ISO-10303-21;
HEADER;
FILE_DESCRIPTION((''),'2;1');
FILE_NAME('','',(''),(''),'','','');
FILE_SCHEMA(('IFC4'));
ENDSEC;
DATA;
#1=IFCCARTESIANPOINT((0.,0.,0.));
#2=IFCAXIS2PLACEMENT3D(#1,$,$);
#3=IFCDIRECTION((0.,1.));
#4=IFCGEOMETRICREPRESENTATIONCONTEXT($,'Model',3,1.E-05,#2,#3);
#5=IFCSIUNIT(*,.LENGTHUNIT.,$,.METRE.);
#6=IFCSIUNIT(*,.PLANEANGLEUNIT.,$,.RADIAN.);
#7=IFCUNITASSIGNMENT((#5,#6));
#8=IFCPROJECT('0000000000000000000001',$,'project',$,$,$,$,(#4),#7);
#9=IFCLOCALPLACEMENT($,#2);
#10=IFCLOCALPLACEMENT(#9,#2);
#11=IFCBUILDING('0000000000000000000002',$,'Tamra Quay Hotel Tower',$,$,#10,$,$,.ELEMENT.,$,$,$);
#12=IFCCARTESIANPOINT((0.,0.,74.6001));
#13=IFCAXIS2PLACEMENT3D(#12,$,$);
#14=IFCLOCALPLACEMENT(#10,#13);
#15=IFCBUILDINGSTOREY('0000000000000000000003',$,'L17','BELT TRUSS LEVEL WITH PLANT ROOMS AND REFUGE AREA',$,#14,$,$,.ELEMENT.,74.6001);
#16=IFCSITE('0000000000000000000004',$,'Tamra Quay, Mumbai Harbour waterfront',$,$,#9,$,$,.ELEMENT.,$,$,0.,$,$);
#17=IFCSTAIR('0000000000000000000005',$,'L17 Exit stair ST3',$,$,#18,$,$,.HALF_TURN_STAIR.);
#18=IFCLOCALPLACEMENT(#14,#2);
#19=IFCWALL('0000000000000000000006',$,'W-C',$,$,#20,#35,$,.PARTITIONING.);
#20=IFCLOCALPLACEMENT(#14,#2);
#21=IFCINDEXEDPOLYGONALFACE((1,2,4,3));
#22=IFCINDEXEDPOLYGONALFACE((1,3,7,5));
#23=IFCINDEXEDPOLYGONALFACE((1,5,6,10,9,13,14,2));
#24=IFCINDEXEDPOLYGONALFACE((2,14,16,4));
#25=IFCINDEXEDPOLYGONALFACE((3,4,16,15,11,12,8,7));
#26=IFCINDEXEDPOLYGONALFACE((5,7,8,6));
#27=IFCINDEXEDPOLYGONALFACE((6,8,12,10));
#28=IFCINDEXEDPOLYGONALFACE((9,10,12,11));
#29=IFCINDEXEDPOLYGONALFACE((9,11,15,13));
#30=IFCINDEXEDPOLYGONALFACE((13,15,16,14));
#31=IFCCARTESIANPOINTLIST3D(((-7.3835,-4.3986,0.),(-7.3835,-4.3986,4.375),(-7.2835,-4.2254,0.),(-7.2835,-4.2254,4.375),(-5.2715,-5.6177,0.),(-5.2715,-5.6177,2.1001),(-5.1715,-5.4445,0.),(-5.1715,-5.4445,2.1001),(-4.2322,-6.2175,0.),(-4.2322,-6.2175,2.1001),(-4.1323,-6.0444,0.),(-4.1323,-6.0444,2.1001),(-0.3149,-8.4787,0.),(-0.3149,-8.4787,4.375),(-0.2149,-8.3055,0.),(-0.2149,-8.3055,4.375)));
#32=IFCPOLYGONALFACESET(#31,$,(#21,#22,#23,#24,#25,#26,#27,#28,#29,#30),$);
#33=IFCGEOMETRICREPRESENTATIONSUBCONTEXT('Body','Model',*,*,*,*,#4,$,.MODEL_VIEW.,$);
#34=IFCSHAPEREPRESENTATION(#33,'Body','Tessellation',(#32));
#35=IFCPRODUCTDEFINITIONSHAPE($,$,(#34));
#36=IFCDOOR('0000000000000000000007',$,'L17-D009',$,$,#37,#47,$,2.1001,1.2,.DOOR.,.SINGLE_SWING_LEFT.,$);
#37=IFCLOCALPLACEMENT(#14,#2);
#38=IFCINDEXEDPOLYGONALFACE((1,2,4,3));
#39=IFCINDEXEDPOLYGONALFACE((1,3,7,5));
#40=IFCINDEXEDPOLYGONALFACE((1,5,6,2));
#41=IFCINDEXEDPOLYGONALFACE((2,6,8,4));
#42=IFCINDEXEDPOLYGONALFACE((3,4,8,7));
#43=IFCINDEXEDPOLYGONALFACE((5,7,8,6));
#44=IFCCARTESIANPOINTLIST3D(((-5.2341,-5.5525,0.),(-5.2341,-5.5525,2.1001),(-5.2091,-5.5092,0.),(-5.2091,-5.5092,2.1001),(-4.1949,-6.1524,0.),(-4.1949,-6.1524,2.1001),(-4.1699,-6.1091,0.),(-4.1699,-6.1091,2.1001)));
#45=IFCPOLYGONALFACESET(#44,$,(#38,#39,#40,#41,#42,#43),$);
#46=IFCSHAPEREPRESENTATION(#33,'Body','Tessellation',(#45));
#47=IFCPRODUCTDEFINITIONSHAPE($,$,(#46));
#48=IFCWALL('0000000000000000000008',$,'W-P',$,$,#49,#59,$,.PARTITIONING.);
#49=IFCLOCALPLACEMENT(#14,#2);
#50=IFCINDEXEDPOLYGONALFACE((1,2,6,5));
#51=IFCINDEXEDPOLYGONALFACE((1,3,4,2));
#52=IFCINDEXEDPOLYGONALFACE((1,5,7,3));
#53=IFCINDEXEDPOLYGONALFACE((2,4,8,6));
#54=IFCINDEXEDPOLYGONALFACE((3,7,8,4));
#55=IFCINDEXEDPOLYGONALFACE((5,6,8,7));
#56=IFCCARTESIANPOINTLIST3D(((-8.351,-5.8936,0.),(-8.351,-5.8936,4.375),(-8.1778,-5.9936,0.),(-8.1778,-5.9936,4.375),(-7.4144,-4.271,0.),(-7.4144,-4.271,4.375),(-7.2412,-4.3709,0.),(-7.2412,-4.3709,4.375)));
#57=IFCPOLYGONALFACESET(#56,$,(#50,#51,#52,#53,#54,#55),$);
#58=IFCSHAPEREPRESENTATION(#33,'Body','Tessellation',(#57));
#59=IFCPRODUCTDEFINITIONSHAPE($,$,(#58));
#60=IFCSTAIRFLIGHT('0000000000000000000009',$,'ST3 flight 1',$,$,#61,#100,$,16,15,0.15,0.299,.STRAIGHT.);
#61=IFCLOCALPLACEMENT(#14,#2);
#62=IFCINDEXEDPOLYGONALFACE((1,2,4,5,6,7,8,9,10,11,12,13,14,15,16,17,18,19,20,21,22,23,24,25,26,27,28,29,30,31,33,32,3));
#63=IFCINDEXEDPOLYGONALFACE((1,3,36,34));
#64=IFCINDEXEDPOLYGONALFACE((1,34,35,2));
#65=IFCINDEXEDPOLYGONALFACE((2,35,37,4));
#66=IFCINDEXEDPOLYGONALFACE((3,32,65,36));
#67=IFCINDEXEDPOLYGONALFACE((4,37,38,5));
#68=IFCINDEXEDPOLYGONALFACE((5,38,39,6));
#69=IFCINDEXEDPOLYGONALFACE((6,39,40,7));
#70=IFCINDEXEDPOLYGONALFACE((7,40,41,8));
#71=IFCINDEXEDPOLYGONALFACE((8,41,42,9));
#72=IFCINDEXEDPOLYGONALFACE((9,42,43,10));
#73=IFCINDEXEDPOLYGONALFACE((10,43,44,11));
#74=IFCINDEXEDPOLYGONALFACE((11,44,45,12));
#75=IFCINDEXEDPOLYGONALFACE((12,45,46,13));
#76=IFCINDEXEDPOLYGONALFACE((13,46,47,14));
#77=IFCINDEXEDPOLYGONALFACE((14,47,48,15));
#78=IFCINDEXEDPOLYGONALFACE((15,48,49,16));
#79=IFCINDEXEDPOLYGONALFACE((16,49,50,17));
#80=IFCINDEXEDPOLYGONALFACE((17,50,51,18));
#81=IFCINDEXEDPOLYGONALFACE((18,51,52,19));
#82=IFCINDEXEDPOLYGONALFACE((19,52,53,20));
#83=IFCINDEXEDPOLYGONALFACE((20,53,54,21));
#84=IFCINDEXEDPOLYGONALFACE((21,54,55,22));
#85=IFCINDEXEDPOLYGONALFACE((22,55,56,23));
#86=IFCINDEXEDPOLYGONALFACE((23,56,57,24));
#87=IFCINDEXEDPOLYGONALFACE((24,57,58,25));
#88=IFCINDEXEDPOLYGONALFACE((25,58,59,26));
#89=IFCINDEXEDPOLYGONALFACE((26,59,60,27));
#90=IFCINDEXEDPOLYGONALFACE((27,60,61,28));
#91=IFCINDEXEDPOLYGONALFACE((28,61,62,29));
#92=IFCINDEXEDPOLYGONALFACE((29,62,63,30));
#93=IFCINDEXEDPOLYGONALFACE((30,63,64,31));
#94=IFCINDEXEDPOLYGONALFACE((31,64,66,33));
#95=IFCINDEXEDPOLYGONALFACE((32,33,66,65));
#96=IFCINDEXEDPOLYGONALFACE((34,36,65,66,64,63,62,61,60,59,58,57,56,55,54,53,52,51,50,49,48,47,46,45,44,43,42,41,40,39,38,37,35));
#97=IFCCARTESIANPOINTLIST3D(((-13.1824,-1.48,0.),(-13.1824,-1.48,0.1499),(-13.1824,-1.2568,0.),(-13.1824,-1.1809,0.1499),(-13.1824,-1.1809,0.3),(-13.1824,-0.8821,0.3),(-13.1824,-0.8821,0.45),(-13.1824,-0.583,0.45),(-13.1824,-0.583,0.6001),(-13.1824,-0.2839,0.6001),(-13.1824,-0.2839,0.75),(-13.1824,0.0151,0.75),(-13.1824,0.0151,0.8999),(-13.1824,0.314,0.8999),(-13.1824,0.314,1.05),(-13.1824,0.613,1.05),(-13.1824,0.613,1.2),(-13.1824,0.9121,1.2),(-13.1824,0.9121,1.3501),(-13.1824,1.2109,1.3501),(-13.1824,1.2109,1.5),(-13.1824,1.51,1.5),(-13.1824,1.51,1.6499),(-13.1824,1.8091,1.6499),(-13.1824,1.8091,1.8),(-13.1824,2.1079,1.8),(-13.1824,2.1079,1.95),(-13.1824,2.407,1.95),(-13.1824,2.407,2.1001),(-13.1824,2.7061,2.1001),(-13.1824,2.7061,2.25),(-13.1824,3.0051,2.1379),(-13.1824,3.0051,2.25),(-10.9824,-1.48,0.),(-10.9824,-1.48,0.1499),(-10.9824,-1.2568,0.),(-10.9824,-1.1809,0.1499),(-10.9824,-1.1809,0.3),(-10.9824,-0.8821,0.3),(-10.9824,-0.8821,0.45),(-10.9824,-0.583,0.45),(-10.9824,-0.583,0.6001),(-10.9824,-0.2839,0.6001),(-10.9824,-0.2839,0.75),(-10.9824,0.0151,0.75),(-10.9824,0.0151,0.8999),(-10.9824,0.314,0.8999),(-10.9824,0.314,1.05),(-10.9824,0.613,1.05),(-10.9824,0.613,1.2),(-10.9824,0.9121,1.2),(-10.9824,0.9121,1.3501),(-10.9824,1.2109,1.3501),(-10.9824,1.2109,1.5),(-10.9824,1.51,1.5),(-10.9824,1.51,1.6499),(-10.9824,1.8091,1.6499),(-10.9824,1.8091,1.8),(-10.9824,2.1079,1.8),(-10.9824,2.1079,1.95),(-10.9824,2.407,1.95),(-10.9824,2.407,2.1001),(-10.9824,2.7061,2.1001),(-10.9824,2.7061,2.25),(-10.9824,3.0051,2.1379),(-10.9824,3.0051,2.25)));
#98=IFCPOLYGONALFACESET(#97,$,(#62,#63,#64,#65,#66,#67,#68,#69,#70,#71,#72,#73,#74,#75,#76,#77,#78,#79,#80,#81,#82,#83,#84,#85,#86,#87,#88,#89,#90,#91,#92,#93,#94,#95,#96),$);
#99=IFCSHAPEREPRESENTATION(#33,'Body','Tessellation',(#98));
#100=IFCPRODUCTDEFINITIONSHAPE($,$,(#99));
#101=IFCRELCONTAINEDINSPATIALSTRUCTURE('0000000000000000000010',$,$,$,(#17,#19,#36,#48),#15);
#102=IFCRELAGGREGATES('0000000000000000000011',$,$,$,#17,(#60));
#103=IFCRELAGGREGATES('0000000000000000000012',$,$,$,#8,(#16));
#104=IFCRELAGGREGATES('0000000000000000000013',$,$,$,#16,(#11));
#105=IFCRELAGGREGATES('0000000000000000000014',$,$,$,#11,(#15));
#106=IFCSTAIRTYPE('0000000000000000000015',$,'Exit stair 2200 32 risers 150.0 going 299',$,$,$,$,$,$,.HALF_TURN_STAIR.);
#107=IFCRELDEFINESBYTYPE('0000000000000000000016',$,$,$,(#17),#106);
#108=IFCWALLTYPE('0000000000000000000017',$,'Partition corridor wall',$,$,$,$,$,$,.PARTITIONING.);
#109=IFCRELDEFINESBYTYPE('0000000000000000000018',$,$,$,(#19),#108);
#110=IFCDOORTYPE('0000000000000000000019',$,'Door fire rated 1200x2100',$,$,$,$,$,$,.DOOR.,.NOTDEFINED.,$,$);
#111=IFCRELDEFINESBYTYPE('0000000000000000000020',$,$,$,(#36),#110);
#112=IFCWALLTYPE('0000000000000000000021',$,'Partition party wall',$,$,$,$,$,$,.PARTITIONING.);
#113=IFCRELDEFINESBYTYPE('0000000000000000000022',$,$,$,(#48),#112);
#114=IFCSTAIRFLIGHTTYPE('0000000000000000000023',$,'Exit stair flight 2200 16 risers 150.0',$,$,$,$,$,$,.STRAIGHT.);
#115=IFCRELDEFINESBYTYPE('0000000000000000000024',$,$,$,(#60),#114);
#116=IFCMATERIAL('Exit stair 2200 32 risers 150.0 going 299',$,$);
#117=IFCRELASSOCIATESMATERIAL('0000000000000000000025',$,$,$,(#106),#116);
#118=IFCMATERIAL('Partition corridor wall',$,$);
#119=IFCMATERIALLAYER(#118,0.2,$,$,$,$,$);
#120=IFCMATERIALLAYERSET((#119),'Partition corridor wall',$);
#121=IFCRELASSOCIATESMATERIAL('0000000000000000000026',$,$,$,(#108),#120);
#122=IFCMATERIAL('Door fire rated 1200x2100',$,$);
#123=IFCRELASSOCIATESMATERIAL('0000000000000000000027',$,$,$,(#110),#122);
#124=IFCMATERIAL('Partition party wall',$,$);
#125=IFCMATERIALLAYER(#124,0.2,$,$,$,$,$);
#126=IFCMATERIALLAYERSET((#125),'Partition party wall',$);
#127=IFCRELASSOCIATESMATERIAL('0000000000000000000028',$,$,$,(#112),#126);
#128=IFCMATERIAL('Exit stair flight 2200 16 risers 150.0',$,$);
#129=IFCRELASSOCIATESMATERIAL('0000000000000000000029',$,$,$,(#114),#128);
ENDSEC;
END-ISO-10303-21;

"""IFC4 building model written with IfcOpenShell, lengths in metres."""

from ifc_helpers import new_model, si_unit, direction, frame, frame_2d, origin, place, context, subcontext, project, spatial, polyline, rectangle, outline, extrude, material, layer, layer_set, type_object, element, fill, aggregate, save


model = new_model("IFC4")

# Units and contexts
model_context = context("Model", 3, precision=1e-05, world=origin(), true_north=direction((0.0, 1.0)))
body_context = subcontext(model_context, "Body", "Model", "MODEL_VIEW")
ifc_project = project(units=[si_unit("LENGTHUNIT", "METRE"), si_unit("PLANEANGLEUNIT", "RADIAN")], contexts=[model_context])

# Site, building, storey
site_placement = place(None, origin())
site = spatial("IfcSite", under=ifc_project, at=site_placement, Name="Tamra Quay, Mumbai Harbour waterfront", CompositionType="ELEMENT", RefElevation=0.0)
building_placement = place(site_placement, origin())
building = spatial("IfcBuilding", under=site, at=building_placement, Name="Tamra Quay Hotel Tower", CompositionType="ELEMENT")
storey_placement = place(building_placement, frame((0.0, 0.0, 74.6001)))
storey = spatial("IfcBuildingStorey", under=building, at=storey_placement, Name="L17", Description="BELT TRUSS LEVEL WITH PLANT ROOMS AND REFUGE AREA", CompositionType="ELEMENT", Elevation=74.6001)

# Stair
ifc_material_1 = material(Name="Exit stair 2200 32 risers 150.0 going 299")
stair_type = type_object("IfcStairType", Name="Exit stair 2200 32 risers 150.0 going 299", PredefinedType="HALF_TURN_STAIR", material=ifc_material_1)
stair_1_placement = place(storey_placement, origin())
stair_1 = element("IfcStair", 1, at=stair_1_placement, inside=storey, type_object=stair_type, Name="L17 Exit stair ST3", PredefinedType="HALF_TURN_STAIR")

# Shared definitions
ifc_material_2 = material(Name="Partition corridor wall")
ifc_layer_1 = layer(ifc_material_2, 0.2)
ifc_layer_set_1 = layer_set([ifc_layer_1], Name="Partition corridor wall")
wall_type_1 = type_object("IfcWallType", Name="Partition corridor wall", PredefinedType="PARTITIONING", material=ifc_layer_set_1)

# Wall, opening, door
wall_1_placement = place(storey_placement, frame((-7.3335, -4.312, 0.0), z_axis=(0.0, 0.0, 1.0), x_axis=(0.866077, -0.49991, 0.0)))
wall_1 = element("IfcWall", 2, at=wall_1_placement, inside=storey, type_object=wall_type_1, Name="W-C", PredefinedType="PARTITIONING", context=body_context, shape_type="SweptSolid", body=[
    extrude(rectangle(XDim=8.1616, YDim=0.2, at=frame_2d((4.0808, 0.0))), origin(), (0.0, 0.0, 1.0), 4.375),
])
opening_1_placement = place(wall_1_placement, frame((2.4385, 0.0, 0.0)))
opening_1 = element("IfcOpeningElement", 3, at=opening_1_placement, cuts=wall_1, PredefinedType="OPENING", context=body_context, shape_type="SweptSolid", body=[
    extrude(rectangle(XDim=1.2, YDim=2.1001, at=frame_2d((0.6001, 1.05))), frame((0.0, 0.1099, 0.0), z_axis=(0.0, -1.0, 0.0), x_axis=(1.0, 0.0, 0.0)), (0.0, 0.0, 1.0), 0.22),
])
ifc_material_3 = material(Name="Door fire rated 1200x2100")
door_type_1 = type_object("IfcDoorType", Name="Door fire rated 1200x2100", OperationType="NOTDEFINED", PredefinedType="DOOR", material=ifc_material_3)
door_1_placement = place(opening_1_placement, frame((1.2, 0.0, 0.0), z_axis=(0.0, 0.0, 1.0), x_axis=(-1.0, 0.0, 0.0)))
door_1 = element("IfcDoor", 4, at=door_1_placement, inside=storey, type_object=door_type_1, Name="L17-D009", OperationType="SINGLE_SWING_LEFT", OverallHeight=2.1001, OverallWidth=1.2, PredefinedType="DOOR", context=body_context, shape_type="SweptSolid", body=[
    extrude(rectangle(XDim=1.2, YDim=2.1001, at=frame_2d((0.6001, 1.05))), frame((0.0, 0.0249, 0.0), z_axis=(0.0, -1.0, 0.0), x_axis=(1.0, 0.0, 0.0)), (0.0, 0.0, 1.0), 0.05),
])
fill(opening_1, door_1)

# Wall
ifc_material_4 = material(Name="Partition party wall")
ifc_layer_2 = layer(ifc_material_4, 0.2)
ifc_layer_set_2 = layer_set([ifc_layer_2], Name="Partition party wall")
wall_type_2 = type_object("IfcWallType", Name="Partition party wall", PredefinedType="PARTITIONING", material=ifc_layer_set_2)
wall_2_placement = place(storey_placement, frame((-8.2644, -5.9436, 0.0), z_axis=(0.0, 0.0, 1.0), x_axis=(0.499895, 0.866086, 0.0)))
element("IfcWall", 5, at=wall_2_placement, inside=storey, type_object=wall_type_2, Name="W-P", PredefinedType="PARTITIONING", context=body_context, shape_type="SweptSolid", body=[
    extrude(rectangle(XDim=1.8735, YDim=0.2, at=frame_2d((0.9368, 0.0))), origin(), (0.0, 0.0, 1.0), 4.375),
])

# Stair flight
ifc_material_5 = material(Name="Exit stair flight 2200 16 risers 150.0")
stair_flight_type = type_object("IfcStairFlightType", Name="Exit stair flight 2200 16 risers 150.0", PredefinedType="STRAIGHT", material=ifc_material_5)
stair_flight_placement = place(storey_placement, frame((-12.0823, -1.48, 0.0), z_axis=(0.0, 0.0, 1.0), x_axis=(0.0, 1.0, 0.0)))
stair_flight = element("IfcStairFlight", 6, at=stair_flight_placement, type_object=stair_flight_type, Name="ST3 flight 1", NumberOfRisers=16, NumberOfTreads=15, PredefinedType="STRAIGHT", RiserHeight=0.15, TreadLength=0.299, context=body_context, shape_type="SweptSolid", body=[
    extrude(outline(polyline([(0.0, 0.0), (0.0, 0.1499), (0.2991, 0.1499), (0.2991, 0.3), (0.5979, 0.3), (0.5979, 0.45), (0.897, 0.45), (0.897, 0.6001), (1.196, 0.6001), (1.196, 0.75), (1.4951, 0.75), (1.4951, 0.8999), (1.7939, 0.8999), (1.7939, 1.05), (2.093, 1.05), (2.093, 1.2), (2.3921, 1.2), (2.3921, 1.3501), (2.6909, 1.3501), (2.6909, 1.5), (2.99, 1.5), (2.99, 1.6499), (3.2891, 1.6499), (3.2891, 1.8), (3.5879, 1.8), (3.5879, 1.95), (3.887, 1.95), (3.887, 2.1001), (4.186, 2.1001), (4.186, 2.25), (4.4851, 2.25), (4.4851, 2.3999), (4.4851, 2.1379), (0.2231, 0.0), (0.0, 0.0)])), frame((0.0, 1.1001, 0.0), z_axis=(0.0, -1.0, 0.0), x_axis=(1.0, 0.0, 0.0)), (0.0, 0.0, 1.0), 2.2),
])
aggregate(stair_1, [stair_flight])

save(model, "model.ifc")
